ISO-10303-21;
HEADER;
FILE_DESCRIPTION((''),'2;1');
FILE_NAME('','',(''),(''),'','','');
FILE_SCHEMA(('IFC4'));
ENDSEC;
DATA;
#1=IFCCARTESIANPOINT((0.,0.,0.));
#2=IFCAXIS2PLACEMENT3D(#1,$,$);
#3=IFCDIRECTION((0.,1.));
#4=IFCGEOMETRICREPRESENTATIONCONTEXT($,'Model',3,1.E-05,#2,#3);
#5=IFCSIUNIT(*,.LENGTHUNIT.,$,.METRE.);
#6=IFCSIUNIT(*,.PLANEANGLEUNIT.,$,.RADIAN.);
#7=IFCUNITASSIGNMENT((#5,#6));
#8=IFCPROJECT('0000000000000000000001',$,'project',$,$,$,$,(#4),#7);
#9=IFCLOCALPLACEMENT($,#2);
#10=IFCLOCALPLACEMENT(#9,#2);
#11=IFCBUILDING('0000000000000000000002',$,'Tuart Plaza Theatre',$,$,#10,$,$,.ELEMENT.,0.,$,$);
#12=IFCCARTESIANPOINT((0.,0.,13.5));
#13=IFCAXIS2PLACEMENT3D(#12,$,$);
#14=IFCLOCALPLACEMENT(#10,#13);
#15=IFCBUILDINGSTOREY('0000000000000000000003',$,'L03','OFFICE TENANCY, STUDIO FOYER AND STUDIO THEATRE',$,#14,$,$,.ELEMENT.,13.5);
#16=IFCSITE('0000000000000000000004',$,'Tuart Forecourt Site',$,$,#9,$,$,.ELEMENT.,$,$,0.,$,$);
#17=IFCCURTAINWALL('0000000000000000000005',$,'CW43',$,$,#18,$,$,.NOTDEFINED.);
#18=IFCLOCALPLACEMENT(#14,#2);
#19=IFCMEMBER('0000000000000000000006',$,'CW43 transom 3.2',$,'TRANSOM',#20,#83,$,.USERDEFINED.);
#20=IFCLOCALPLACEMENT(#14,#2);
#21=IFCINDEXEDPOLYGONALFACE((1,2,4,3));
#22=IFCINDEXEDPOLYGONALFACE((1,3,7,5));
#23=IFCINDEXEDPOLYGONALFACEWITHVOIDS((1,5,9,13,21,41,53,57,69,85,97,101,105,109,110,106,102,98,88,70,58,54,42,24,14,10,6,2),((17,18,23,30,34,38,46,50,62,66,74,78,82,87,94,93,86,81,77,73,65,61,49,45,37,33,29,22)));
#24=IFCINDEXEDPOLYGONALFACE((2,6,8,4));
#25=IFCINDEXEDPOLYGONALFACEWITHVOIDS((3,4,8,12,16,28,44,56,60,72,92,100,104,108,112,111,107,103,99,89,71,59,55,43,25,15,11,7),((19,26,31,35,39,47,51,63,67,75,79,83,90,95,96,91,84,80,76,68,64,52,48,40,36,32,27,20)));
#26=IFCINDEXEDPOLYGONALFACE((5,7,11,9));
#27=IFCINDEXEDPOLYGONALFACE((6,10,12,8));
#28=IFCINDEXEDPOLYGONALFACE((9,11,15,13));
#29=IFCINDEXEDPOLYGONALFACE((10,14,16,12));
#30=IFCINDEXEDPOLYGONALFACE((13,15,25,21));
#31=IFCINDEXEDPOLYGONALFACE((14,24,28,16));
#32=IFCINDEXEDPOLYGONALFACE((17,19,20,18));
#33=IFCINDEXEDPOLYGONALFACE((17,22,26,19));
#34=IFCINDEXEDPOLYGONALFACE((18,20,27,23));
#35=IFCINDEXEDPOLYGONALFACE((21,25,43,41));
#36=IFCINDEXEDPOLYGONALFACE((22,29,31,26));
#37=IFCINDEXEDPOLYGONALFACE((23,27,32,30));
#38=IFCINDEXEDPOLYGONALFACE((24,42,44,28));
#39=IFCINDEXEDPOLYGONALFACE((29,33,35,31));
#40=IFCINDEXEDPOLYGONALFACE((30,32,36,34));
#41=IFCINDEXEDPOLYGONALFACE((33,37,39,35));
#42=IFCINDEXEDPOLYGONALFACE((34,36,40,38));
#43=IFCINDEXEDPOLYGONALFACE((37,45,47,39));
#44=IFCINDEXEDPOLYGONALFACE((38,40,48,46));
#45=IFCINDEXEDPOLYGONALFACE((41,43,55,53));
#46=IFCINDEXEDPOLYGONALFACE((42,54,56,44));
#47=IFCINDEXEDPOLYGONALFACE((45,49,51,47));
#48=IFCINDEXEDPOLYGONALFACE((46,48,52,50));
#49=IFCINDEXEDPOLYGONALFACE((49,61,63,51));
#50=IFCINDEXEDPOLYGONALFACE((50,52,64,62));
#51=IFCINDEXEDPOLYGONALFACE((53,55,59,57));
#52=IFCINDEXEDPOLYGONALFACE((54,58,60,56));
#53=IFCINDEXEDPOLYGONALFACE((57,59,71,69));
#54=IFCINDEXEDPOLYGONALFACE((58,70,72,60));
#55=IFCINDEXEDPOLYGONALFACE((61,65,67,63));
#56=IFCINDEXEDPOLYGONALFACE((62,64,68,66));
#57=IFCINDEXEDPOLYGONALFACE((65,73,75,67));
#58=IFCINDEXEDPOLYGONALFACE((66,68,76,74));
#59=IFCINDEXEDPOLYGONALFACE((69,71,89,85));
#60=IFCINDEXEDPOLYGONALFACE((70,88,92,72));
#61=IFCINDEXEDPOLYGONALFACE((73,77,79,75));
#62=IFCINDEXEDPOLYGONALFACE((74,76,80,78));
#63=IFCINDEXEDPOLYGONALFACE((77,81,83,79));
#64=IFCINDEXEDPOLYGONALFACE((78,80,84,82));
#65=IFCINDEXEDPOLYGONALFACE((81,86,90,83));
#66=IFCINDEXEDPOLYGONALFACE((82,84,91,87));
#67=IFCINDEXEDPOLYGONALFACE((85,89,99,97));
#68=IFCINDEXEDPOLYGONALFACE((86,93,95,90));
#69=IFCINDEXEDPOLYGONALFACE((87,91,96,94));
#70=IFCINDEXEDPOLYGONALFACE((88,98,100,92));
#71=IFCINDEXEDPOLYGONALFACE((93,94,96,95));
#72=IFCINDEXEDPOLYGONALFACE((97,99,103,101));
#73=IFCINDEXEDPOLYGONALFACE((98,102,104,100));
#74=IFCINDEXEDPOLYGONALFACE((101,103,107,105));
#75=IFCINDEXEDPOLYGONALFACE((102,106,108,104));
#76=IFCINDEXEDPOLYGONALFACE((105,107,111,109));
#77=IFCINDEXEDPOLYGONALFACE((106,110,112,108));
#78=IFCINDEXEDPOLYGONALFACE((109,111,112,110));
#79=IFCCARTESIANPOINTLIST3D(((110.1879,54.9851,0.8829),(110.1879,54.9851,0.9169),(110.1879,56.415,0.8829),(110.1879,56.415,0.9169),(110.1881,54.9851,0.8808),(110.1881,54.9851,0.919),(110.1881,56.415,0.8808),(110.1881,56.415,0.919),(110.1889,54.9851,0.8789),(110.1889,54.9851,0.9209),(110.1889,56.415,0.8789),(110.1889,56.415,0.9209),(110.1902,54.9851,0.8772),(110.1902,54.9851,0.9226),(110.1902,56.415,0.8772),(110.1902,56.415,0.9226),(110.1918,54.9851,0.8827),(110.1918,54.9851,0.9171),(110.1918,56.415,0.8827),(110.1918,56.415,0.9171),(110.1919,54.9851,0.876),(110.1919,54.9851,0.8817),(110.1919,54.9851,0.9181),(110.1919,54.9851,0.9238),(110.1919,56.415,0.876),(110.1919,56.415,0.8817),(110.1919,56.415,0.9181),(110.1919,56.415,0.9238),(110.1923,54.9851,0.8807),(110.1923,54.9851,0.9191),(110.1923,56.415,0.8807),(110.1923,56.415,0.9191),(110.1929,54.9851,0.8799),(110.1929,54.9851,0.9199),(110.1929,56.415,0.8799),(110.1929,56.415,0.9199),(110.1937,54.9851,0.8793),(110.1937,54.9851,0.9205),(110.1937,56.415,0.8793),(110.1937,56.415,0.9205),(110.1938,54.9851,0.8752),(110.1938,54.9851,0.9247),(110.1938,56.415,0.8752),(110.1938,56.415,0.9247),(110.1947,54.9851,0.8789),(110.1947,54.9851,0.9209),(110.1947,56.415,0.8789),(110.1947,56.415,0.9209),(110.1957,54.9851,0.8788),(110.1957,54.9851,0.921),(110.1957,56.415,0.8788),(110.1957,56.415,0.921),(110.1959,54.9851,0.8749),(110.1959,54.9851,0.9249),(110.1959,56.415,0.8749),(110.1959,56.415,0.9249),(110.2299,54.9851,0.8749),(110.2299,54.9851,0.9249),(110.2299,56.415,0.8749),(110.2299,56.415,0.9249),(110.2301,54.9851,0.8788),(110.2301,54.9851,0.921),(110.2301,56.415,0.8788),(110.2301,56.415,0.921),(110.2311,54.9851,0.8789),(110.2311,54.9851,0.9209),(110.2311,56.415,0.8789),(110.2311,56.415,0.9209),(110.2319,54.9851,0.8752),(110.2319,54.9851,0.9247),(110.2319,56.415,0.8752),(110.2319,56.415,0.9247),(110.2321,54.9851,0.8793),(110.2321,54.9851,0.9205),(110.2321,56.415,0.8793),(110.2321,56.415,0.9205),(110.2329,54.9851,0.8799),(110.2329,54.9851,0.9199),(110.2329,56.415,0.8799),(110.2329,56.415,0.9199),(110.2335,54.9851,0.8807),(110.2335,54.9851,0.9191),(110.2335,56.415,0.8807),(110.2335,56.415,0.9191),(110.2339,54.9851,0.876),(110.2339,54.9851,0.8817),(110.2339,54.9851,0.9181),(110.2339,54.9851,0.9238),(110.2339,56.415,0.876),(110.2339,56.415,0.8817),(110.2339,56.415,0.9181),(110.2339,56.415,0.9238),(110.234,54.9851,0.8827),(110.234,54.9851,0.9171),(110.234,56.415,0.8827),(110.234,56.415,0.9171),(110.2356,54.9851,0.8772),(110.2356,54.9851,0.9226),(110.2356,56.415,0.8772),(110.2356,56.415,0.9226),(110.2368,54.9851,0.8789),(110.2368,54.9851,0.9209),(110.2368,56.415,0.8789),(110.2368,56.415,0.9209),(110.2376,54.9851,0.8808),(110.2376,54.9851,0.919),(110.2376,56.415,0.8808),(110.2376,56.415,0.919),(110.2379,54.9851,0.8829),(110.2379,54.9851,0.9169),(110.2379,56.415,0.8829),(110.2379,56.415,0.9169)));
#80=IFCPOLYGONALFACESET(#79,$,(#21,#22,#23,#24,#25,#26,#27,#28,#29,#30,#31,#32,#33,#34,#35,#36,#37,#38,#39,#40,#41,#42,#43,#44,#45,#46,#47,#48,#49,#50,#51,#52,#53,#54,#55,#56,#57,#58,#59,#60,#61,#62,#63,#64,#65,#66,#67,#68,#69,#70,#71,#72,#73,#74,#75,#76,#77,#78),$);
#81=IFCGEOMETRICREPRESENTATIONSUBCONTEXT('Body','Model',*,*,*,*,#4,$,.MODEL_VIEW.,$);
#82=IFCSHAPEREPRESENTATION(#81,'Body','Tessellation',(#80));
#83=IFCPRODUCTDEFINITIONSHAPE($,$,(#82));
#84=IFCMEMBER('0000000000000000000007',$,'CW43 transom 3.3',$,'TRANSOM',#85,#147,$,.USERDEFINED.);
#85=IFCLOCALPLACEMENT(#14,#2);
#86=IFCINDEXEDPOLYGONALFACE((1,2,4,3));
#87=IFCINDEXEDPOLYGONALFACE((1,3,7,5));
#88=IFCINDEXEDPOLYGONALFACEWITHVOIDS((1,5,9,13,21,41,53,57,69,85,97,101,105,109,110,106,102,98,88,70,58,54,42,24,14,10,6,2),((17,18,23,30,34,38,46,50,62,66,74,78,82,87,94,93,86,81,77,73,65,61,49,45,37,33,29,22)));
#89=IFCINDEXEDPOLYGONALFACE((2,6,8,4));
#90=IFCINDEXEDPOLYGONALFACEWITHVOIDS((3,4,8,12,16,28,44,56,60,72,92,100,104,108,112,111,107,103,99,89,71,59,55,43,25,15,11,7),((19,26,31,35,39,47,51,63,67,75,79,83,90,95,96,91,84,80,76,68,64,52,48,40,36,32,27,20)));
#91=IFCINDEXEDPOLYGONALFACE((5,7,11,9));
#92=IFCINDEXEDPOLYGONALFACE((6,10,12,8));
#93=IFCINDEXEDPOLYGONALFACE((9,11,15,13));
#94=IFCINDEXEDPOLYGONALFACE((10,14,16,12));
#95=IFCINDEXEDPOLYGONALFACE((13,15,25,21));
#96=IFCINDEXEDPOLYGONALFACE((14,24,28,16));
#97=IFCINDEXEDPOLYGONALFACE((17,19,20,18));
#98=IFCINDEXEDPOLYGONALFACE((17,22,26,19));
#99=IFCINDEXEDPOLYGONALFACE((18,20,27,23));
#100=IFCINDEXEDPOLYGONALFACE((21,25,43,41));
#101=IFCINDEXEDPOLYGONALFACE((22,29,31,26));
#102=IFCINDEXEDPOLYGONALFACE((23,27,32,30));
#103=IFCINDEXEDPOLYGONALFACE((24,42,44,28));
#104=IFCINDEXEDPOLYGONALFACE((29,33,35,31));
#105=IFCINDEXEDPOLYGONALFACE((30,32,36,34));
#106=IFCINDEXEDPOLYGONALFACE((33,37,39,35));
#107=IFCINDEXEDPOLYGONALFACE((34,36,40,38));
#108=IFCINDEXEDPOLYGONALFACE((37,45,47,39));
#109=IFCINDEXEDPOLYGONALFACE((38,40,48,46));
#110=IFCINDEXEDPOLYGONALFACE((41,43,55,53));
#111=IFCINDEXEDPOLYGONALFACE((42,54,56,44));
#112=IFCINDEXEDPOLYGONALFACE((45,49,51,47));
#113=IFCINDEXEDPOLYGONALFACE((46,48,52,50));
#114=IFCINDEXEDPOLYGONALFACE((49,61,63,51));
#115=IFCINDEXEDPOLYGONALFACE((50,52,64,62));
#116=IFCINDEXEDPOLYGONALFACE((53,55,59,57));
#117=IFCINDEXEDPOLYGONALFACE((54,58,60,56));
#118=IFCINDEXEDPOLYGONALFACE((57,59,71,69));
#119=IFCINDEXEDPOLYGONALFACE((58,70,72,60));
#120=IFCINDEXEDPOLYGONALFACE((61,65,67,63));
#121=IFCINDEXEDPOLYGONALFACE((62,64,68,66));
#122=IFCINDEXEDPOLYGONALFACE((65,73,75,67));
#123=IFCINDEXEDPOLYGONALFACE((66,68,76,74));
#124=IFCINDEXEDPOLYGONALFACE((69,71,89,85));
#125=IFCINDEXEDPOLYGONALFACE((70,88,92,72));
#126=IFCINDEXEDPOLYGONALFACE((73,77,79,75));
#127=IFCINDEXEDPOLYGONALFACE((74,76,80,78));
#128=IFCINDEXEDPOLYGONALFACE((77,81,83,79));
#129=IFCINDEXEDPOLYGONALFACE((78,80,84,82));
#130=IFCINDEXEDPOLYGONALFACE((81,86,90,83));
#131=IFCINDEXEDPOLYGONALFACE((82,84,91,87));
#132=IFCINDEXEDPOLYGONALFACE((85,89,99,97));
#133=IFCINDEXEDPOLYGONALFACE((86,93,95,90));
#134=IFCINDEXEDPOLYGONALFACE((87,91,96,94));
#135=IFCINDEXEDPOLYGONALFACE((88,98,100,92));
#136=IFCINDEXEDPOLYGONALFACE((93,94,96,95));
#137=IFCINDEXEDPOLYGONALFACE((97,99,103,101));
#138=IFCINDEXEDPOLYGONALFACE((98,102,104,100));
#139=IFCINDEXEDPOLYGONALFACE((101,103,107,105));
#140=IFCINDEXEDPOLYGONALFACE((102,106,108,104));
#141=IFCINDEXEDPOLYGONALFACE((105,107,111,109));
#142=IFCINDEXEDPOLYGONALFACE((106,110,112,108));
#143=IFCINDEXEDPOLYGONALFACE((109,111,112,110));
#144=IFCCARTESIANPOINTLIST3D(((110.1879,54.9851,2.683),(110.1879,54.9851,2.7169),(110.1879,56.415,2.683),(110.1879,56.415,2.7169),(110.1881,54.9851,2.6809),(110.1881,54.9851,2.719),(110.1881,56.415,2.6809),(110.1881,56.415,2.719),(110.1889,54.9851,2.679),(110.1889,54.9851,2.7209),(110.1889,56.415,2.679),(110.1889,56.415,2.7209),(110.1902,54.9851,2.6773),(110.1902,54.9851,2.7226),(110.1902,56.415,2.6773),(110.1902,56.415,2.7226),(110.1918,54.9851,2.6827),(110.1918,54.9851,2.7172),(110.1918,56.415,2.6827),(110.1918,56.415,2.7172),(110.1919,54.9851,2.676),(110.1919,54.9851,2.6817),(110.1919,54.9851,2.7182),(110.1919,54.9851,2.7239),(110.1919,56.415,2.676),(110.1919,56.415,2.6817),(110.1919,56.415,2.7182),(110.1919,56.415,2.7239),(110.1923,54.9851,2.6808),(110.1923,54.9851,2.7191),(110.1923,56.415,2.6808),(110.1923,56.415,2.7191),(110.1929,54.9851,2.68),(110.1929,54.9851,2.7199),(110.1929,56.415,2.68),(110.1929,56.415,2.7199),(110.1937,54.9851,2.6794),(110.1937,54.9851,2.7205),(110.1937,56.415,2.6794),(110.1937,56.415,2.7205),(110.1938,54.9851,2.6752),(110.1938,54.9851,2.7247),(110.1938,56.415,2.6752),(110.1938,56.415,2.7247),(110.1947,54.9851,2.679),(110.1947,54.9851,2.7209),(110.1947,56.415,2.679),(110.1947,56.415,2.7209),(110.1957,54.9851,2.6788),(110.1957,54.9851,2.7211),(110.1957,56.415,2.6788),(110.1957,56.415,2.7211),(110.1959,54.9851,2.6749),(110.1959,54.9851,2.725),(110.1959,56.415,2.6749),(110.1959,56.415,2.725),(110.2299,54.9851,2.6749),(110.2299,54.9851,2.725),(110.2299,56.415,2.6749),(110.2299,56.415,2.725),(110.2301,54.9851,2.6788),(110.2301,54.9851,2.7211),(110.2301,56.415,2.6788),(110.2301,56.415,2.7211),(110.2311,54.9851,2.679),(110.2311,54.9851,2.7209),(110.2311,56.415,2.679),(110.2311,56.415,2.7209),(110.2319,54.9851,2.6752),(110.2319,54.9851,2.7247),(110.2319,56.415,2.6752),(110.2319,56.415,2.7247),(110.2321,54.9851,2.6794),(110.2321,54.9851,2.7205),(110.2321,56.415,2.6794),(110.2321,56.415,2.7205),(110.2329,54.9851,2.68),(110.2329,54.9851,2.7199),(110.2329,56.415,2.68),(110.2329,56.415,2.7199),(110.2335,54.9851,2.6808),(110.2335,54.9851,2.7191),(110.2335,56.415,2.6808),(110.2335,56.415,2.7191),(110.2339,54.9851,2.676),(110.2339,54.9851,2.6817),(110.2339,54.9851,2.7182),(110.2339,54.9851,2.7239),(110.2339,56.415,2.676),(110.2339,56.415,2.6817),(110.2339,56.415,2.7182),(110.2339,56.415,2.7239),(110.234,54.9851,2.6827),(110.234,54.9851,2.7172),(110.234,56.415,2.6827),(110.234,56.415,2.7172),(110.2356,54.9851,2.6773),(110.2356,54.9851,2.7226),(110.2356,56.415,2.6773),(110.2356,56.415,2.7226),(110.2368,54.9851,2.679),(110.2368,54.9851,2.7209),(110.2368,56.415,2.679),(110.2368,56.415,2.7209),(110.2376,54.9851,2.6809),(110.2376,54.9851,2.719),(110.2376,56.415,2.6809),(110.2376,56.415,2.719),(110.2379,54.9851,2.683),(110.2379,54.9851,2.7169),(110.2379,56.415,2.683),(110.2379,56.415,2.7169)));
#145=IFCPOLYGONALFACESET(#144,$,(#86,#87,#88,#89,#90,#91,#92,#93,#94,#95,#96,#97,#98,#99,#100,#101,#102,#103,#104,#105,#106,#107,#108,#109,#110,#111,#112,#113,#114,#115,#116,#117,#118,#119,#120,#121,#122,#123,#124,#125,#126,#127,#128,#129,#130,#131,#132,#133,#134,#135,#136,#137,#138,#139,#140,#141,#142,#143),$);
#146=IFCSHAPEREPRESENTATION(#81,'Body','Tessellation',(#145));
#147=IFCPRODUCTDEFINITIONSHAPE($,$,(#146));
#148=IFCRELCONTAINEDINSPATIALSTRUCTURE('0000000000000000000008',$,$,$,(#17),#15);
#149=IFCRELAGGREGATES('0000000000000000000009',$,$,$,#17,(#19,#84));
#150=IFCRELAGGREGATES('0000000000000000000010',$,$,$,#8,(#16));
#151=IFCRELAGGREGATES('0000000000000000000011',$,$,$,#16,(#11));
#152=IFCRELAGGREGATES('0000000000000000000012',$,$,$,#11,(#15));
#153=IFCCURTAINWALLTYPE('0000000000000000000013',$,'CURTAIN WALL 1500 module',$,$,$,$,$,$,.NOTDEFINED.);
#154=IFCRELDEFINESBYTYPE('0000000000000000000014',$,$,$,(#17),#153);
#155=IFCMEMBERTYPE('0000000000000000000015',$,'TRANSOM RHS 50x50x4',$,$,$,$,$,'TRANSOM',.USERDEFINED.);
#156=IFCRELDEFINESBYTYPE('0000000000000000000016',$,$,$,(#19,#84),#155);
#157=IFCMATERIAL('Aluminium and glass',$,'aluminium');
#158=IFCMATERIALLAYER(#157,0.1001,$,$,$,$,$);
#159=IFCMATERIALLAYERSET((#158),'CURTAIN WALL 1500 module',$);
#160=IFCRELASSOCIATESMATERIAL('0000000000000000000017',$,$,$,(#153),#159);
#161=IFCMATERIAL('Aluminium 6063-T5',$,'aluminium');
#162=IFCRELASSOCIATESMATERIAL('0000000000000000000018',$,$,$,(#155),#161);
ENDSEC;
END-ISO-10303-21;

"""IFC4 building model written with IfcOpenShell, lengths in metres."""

from ifc_helpers import new_model, si_unit, direction, frame, origin, origin_2d, place, context, subcontext, project, spatial, hollow_rectangle, extrude, material, layer, layer_set, material_profile, profile_set, type_object, element, aggregate, save


model = new_model("IFC4")

# Units and contexts
model_context = context("Model", 3, precision=1e-05, world=origin(), true_north=direction((0.0, 1.0)))
body_context = subcontext(model_context, "Body", "Model", "MODEL_VIEW")
ifc_project = project(units=[si_unit("LENGTHUNIT", "METRE"), si_unit("PLANEANGLEUNIT", "RADIAN")], contexts=[model_context])

# Site, building, storey
site_placement = place(None, origin())
site = spatial("IfcSite", under=ifc_project, at=site_placement, Name="Tuart Forecourt Site", CompositionType="ELEMENT", RefElevation=0.0)
building_placement = place(site_placement, origin())
building = spatial("IfcBuilding", under=site, at=building_placement, Name="Tuart Plaza Theatre", CompositionType="ELEMENT", ElevationOfRefHeight=0.0)
storey_placement = place(building_placement, frame((0.0, 0.0, 13.5)))
storey = spatial("IfcBuildingStorey", under=building, at=storey_placement, Name="L03", Description="OFFICE TENANCY, STUDIO FOYER AND STUDIO THEATRE", CompositionType="ELEMENT", Elevation=13.5)

# Curtain wall, members
ifc_material_1 = material(Name="Aluminium and glass", Category="aluminium")
ifc_layer_1 = layer(ifc_material_1, 0.1001)
ifc_layer_set_1 = layer_set([ifc_layer_1], Name="CURTAIN WALL 1500 module")
curtain_wall_type = type_object("IfcCurtainWallType", Name="CURTAIN WALL 1500 module", PredefinedType="NOTDEFINED", material=ifc_layer_set_1)
curtain_wall_placement = place(storey_placement, origin())
curtain_wall = element("IfcCurtainWall", 1, at=curtain_wall_placement, inside=storey, type_object=curtain_wall_type, Name="CW43", PredefinedType="NOTDEFINED")
ifc_material_2 = material(Name="Aluminium 6063-T5", Category="aluminium")
ifc_material_profile_1 = material_profile(ifc_material_2, hollow_rectangle(XDim=0.05, YDim=0.05, WallThickness=0.0039, InnerFilletRadius=0.0039, OuterFilletRadius=0.0081, at=origin_2d()), Name="RHS 50x50x4")
ifc_profile_set_1 = profile_set([ifc_material_profile_1], Name="Aluminium 6063-T5")
member_type_1 = type_object("IfcMemberType", Name="TRANSOM RHS 50x50x4", ElementType="TRANSOM", PredefinedType="USERDEFINED", material=ifc_profile_set_1)
member_1_placement = place(storey_placement, frame((110.2129, 54.9851, 0.8999), z_axis=(0.0, 1.0, 0.0), x_axis=(-1.0, 0.0, 0.0)))
member_1 = element("IfcMember", 2, at=member_1_placement, type_object=member_type_1, Name="CW43 transom 3.2", ObjectType="TRANSOM", PredefinedType="USERDEFINED", context=body_context, shape_type="SweptSolid", body=[
    extrude(hollow_rectangle(XDim=0.05, YDim=0.05, WallThickness=0.0039, InnerFilletRadius=0.0039, OuterFilletRadius=0.0081, at=origin_2d()), origin(), (0.0, 0.0, 1.0), 1.4299),
])
member_2_placement = place(storey_placement, frame((110.2129, 54.9851, 2.7), z_axis=(0.0, 1.0, 0.0), x_axis=(-1.0, 0.0, 0.0)))
member_2 = element("IfcMember", 3, at=member_2_placement, type_object=member_type_1, Name="CW43 transom 3.3", ObjectType="TRANSOM", PredefinedType="USERDEFINED", context=body_context, shape_type="SweptSolid", body=[
    extrude(hollow_rectangle(XDim=0.05, YDim=0.05, WallThickness=0.0039, InnerFilletRadius=0.0039, OuterFilletRadius=0.0081, at=origin_2d()), origin(), (0.0, 0.0, 1.0), 1.4299),
])
aggregate(curtain_wall, [member_1, member_2])

save(model, "model.ifc")
